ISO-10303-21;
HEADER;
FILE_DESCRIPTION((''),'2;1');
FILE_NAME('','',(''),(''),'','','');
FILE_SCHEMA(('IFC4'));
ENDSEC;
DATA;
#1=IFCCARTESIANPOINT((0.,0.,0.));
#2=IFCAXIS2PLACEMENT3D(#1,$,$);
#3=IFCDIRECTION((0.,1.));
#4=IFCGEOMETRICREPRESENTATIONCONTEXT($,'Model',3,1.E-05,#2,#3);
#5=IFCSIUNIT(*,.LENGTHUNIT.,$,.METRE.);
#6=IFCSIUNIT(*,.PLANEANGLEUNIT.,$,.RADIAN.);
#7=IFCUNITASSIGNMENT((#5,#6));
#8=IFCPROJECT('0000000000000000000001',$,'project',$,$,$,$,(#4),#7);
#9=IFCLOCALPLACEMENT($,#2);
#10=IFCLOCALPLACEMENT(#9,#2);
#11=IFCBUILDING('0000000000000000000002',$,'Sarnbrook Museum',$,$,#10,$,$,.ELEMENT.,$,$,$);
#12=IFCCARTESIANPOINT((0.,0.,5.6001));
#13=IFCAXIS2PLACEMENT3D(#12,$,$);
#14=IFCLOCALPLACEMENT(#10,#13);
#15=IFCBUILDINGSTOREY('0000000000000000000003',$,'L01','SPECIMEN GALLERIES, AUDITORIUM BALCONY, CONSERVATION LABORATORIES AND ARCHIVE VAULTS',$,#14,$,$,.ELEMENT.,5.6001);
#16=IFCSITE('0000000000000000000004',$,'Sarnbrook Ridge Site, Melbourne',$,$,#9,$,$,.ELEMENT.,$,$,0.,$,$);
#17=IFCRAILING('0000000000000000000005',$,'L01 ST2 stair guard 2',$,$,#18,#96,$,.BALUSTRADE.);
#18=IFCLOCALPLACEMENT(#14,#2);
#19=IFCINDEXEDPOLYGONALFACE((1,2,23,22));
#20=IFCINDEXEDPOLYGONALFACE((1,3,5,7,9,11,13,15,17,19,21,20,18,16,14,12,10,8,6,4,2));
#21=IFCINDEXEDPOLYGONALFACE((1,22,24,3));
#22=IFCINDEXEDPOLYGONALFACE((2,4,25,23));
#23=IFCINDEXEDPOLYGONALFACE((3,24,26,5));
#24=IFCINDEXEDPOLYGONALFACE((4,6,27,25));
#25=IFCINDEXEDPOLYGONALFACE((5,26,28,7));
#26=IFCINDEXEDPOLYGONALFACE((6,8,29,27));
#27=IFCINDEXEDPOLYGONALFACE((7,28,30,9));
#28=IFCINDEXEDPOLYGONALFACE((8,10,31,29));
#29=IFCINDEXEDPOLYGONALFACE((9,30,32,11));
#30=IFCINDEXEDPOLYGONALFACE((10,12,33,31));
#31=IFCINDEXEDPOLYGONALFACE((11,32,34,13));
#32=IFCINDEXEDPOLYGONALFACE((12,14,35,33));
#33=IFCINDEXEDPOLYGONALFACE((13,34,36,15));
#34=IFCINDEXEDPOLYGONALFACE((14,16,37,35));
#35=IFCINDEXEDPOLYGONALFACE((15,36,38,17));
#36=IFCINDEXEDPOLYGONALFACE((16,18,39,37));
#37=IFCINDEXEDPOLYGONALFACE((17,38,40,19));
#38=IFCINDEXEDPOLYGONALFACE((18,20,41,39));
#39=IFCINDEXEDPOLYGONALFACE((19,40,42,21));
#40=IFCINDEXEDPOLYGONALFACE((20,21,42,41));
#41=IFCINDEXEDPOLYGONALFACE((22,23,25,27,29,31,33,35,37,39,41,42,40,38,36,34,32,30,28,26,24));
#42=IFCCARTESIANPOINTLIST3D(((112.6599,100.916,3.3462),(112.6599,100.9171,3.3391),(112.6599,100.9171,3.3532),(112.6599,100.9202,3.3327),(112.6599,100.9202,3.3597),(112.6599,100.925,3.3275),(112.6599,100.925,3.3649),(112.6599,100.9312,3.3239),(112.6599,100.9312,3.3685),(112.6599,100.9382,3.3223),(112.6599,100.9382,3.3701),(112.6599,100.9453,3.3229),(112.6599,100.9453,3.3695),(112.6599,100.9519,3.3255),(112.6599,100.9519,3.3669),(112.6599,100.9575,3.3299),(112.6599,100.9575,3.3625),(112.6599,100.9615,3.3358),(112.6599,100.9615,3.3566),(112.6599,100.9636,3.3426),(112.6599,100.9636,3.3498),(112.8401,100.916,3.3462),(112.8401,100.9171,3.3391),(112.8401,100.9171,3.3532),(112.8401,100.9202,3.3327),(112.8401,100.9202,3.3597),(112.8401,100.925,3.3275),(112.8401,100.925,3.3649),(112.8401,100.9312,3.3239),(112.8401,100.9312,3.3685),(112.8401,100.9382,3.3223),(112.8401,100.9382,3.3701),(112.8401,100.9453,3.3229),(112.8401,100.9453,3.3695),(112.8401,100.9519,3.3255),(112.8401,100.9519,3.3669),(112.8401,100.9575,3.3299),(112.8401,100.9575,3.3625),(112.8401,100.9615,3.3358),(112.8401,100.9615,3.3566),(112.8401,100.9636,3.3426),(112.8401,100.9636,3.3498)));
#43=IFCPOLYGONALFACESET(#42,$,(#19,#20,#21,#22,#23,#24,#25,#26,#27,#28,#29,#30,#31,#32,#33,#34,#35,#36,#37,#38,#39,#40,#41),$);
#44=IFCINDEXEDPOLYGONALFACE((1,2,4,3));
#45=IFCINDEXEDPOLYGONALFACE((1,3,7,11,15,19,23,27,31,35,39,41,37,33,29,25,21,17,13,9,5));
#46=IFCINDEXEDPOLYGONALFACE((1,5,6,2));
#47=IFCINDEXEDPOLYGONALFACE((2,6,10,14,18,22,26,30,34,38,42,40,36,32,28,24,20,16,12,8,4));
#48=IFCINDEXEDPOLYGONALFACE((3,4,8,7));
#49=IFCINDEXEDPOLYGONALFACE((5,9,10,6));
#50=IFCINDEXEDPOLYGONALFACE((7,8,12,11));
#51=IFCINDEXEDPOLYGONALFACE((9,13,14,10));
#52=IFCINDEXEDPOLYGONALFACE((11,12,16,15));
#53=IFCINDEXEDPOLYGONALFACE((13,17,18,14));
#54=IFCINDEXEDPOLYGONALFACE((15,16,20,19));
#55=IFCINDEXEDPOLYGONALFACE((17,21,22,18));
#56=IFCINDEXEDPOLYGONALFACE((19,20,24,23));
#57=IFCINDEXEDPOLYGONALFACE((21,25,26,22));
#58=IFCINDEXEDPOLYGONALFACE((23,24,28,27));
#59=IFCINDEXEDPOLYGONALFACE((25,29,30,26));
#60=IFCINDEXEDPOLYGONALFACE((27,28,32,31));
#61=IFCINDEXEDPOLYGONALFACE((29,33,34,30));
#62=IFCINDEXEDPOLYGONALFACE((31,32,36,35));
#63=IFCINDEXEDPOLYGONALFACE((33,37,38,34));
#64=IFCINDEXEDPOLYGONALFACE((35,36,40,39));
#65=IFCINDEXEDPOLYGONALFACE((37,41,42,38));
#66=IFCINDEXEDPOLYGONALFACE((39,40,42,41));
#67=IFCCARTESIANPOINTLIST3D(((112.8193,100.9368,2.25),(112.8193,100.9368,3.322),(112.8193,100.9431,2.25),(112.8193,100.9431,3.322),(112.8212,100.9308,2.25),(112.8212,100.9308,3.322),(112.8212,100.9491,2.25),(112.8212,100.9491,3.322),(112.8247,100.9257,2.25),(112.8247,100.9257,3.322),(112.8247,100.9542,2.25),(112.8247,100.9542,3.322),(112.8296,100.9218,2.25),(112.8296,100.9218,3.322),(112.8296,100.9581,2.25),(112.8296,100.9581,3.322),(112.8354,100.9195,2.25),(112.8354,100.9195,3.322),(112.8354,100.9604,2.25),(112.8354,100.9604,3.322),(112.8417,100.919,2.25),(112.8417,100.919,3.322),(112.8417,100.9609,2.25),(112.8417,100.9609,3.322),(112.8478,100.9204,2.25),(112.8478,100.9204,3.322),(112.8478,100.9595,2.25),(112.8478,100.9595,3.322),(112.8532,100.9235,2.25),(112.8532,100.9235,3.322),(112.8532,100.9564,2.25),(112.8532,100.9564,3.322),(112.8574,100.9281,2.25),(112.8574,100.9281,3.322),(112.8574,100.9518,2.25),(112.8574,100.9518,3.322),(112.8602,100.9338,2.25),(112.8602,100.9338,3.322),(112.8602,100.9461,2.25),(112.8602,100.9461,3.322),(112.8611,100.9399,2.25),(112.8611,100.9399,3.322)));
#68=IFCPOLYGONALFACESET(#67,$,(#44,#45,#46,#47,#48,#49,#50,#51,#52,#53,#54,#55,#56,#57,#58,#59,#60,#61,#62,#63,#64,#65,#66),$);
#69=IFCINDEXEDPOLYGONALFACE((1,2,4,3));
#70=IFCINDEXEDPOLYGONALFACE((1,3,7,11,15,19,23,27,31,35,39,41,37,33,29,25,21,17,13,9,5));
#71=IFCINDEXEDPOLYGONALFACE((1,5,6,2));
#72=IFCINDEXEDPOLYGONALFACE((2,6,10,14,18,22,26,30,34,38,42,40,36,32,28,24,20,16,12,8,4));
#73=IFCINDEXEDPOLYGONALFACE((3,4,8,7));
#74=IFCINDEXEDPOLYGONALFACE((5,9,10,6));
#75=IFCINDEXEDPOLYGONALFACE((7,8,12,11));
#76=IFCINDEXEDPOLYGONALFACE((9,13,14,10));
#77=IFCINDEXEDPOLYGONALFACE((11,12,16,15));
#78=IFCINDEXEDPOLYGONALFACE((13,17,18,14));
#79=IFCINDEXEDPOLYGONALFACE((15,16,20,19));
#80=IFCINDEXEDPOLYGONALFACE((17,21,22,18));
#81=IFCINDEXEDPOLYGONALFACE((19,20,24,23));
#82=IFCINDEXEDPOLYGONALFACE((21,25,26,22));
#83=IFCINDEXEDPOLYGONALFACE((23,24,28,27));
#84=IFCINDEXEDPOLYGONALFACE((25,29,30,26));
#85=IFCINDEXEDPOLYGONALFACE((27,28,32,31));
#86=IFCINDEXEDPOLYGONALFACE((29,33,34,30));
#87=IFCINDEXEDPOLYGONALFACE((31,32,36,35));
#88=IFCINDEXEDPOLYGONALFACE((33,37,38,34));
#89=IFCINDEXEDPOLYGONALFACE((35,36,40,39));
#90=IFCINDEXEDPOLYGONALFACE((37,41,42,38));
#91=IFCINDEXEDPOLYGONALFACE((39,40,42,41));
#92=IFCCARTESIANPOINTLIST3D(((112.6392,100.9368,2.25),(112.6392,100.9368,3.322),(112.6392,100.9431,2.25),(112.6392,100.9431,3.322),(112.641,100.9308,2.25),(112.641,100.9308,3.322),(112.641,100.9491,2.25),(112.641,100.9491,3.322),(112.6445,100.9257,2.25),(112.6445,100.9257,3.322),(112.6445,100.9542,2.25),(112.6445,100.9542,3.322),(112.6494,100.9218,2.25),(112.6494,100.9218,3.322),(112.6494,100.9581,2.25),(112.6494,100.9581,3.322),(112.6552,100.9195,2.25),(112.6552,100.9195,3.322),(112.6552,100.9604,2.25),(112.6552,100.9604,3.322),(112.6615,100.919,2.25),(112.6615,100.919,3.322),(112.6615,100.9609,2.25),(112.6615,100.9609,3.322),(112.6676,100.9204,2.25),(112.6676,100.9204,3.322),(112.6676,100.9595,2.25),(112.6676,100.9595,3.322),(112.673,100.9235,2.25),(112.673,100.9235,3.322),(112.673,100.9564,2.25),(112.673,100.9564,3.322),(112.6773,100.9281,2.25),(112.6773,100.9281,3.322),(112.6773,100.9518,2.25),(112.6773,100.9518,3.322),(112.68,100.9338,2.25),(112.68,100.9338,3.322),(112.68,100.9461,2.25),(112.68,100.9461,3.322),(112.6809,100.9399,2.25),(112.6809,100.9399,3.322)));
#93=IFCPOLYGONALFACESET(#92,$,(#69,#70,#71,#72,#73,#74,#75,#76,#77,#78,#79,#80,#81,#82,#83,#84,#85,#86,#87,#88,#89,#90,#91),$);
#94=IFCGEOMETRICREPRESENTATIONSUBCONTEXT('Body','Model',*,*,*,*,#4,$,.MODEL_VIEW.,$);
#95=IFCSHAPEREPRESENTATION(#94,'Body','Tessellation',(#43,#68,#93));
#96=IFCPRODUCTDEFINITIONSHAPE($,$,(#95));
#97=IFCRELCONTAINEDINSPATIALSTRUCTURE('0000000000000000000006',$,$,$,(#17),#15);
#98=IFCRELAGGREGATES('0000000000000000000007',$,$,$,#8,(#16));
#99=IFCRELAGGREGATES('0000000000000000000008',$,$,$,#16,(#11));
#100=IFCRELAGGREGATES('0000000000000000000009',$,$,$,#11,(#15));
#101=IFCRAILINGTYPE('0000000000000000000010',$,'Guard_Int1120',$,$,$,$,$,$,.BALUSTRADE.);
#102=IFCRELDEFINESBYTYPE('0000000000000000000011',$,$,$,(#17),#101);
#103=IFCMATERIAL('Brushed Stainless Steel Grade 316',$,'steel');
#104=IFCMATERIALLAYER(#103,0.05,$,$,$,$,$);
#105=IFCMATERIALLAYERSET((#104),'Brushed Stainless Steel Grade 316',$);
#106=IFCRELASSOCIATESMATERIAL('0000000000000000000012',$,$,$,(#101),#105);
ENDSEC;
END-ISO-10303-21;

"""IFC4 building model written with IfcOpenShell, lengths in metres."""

from ifc_helpers import new_model, si_unit, direction, frame, origin, origin_2d, place, context, subcontext, project, spatial, circle, extrude, material, layer, layer_set, type_object, element, save


model = new_model("IFC4")

# Units and contexts
model_context = context("Model", 3, precision=1e-05, world=origin(), true_north=direction((0.0, 1.0)))
body_context = subcontext(model_context, "Body", "Model", "MODEL_VIEW")
ifc_project = project(units=[si_unit("LENGTHUNIT", "METRE"), si_unit("PLANEANGLEUNIT", "RADIAN")], contexts=[model_context])

# Site, building, storey
site_placement = place(None, origin())
site = spatial("IfcSite", under=ifc_project, at=site_placement, Name="Sarnbrook Ridge Site, Melbourne", CompositionType="ELEMENT", RefElevation=0.0)
building_placement = place(site_placement, origin())
building = spatial("IfcBuilding", under=site, at=building_placement, Name="Sarnbrook Museum", CompositionType="ELEMENT")
storey_placement = place(building_placement, frame((0.0, 0.0, 5.6001)))
storey = spatial("IfcBuildingStorey", under=building, at=storey_placement, Name="L01", Description="SPECIMEN GALLERIES, AUDITORIUM BALCONY, CONSERVATION LABORATORIES AND ARCHIVE VAULTS", CompositionType="ELEMENT", Elevation=5.6001)

# Shared definitions
ifc_material_1 = material(Name="Brushed Stainless Steel Grade 316", Category="steel")

# Railing
ifc_layer_1 = layer(ifc_material_1, 0.05)
ifc_layer_set_1 = layer_set([ifc_layer_1], Name="Brushed Stainless Steel Grade 316")
railing_type_1 = type_object("IfcRailingType", Name="Guard_Int1120", PredefinedType="BALUSTRADE", material=ifc_layer_set_1)
railing_1_placement = place(storey_placement, frame((112.8401, 100.9399, 2.25)))
element("IfcRailing", 1, at=railing_1_placement, inside=storey, type_object=railing_type_1, Name="L01 ST2 stair guard 2", PredefinedType="BALUSTRADE", context=body_context, shape_type="SweptSolid", body=[
    extrude(circle(Radius=0.0239, at=origin_2d()), frame((0.0, 0.0, 1.0962), z_axis=(-1.0, 0.0, 0.0), x_axis=(0.0, -1.0, 0.0)), (0.0, 0.0, 1.0), 0.1802),
    extrude(circle(Radius=0.021, at=origin_2d()), origin(), (0.0, 0.0, 1.0), 1.072),
    extrude(circle(Radius=0.021, at=origin_2d()), frame((-0.1802, 0.0, 0.0)), (0.0, 0.0, 1.0), 1.072),
])

save(model, "model.ifc")
